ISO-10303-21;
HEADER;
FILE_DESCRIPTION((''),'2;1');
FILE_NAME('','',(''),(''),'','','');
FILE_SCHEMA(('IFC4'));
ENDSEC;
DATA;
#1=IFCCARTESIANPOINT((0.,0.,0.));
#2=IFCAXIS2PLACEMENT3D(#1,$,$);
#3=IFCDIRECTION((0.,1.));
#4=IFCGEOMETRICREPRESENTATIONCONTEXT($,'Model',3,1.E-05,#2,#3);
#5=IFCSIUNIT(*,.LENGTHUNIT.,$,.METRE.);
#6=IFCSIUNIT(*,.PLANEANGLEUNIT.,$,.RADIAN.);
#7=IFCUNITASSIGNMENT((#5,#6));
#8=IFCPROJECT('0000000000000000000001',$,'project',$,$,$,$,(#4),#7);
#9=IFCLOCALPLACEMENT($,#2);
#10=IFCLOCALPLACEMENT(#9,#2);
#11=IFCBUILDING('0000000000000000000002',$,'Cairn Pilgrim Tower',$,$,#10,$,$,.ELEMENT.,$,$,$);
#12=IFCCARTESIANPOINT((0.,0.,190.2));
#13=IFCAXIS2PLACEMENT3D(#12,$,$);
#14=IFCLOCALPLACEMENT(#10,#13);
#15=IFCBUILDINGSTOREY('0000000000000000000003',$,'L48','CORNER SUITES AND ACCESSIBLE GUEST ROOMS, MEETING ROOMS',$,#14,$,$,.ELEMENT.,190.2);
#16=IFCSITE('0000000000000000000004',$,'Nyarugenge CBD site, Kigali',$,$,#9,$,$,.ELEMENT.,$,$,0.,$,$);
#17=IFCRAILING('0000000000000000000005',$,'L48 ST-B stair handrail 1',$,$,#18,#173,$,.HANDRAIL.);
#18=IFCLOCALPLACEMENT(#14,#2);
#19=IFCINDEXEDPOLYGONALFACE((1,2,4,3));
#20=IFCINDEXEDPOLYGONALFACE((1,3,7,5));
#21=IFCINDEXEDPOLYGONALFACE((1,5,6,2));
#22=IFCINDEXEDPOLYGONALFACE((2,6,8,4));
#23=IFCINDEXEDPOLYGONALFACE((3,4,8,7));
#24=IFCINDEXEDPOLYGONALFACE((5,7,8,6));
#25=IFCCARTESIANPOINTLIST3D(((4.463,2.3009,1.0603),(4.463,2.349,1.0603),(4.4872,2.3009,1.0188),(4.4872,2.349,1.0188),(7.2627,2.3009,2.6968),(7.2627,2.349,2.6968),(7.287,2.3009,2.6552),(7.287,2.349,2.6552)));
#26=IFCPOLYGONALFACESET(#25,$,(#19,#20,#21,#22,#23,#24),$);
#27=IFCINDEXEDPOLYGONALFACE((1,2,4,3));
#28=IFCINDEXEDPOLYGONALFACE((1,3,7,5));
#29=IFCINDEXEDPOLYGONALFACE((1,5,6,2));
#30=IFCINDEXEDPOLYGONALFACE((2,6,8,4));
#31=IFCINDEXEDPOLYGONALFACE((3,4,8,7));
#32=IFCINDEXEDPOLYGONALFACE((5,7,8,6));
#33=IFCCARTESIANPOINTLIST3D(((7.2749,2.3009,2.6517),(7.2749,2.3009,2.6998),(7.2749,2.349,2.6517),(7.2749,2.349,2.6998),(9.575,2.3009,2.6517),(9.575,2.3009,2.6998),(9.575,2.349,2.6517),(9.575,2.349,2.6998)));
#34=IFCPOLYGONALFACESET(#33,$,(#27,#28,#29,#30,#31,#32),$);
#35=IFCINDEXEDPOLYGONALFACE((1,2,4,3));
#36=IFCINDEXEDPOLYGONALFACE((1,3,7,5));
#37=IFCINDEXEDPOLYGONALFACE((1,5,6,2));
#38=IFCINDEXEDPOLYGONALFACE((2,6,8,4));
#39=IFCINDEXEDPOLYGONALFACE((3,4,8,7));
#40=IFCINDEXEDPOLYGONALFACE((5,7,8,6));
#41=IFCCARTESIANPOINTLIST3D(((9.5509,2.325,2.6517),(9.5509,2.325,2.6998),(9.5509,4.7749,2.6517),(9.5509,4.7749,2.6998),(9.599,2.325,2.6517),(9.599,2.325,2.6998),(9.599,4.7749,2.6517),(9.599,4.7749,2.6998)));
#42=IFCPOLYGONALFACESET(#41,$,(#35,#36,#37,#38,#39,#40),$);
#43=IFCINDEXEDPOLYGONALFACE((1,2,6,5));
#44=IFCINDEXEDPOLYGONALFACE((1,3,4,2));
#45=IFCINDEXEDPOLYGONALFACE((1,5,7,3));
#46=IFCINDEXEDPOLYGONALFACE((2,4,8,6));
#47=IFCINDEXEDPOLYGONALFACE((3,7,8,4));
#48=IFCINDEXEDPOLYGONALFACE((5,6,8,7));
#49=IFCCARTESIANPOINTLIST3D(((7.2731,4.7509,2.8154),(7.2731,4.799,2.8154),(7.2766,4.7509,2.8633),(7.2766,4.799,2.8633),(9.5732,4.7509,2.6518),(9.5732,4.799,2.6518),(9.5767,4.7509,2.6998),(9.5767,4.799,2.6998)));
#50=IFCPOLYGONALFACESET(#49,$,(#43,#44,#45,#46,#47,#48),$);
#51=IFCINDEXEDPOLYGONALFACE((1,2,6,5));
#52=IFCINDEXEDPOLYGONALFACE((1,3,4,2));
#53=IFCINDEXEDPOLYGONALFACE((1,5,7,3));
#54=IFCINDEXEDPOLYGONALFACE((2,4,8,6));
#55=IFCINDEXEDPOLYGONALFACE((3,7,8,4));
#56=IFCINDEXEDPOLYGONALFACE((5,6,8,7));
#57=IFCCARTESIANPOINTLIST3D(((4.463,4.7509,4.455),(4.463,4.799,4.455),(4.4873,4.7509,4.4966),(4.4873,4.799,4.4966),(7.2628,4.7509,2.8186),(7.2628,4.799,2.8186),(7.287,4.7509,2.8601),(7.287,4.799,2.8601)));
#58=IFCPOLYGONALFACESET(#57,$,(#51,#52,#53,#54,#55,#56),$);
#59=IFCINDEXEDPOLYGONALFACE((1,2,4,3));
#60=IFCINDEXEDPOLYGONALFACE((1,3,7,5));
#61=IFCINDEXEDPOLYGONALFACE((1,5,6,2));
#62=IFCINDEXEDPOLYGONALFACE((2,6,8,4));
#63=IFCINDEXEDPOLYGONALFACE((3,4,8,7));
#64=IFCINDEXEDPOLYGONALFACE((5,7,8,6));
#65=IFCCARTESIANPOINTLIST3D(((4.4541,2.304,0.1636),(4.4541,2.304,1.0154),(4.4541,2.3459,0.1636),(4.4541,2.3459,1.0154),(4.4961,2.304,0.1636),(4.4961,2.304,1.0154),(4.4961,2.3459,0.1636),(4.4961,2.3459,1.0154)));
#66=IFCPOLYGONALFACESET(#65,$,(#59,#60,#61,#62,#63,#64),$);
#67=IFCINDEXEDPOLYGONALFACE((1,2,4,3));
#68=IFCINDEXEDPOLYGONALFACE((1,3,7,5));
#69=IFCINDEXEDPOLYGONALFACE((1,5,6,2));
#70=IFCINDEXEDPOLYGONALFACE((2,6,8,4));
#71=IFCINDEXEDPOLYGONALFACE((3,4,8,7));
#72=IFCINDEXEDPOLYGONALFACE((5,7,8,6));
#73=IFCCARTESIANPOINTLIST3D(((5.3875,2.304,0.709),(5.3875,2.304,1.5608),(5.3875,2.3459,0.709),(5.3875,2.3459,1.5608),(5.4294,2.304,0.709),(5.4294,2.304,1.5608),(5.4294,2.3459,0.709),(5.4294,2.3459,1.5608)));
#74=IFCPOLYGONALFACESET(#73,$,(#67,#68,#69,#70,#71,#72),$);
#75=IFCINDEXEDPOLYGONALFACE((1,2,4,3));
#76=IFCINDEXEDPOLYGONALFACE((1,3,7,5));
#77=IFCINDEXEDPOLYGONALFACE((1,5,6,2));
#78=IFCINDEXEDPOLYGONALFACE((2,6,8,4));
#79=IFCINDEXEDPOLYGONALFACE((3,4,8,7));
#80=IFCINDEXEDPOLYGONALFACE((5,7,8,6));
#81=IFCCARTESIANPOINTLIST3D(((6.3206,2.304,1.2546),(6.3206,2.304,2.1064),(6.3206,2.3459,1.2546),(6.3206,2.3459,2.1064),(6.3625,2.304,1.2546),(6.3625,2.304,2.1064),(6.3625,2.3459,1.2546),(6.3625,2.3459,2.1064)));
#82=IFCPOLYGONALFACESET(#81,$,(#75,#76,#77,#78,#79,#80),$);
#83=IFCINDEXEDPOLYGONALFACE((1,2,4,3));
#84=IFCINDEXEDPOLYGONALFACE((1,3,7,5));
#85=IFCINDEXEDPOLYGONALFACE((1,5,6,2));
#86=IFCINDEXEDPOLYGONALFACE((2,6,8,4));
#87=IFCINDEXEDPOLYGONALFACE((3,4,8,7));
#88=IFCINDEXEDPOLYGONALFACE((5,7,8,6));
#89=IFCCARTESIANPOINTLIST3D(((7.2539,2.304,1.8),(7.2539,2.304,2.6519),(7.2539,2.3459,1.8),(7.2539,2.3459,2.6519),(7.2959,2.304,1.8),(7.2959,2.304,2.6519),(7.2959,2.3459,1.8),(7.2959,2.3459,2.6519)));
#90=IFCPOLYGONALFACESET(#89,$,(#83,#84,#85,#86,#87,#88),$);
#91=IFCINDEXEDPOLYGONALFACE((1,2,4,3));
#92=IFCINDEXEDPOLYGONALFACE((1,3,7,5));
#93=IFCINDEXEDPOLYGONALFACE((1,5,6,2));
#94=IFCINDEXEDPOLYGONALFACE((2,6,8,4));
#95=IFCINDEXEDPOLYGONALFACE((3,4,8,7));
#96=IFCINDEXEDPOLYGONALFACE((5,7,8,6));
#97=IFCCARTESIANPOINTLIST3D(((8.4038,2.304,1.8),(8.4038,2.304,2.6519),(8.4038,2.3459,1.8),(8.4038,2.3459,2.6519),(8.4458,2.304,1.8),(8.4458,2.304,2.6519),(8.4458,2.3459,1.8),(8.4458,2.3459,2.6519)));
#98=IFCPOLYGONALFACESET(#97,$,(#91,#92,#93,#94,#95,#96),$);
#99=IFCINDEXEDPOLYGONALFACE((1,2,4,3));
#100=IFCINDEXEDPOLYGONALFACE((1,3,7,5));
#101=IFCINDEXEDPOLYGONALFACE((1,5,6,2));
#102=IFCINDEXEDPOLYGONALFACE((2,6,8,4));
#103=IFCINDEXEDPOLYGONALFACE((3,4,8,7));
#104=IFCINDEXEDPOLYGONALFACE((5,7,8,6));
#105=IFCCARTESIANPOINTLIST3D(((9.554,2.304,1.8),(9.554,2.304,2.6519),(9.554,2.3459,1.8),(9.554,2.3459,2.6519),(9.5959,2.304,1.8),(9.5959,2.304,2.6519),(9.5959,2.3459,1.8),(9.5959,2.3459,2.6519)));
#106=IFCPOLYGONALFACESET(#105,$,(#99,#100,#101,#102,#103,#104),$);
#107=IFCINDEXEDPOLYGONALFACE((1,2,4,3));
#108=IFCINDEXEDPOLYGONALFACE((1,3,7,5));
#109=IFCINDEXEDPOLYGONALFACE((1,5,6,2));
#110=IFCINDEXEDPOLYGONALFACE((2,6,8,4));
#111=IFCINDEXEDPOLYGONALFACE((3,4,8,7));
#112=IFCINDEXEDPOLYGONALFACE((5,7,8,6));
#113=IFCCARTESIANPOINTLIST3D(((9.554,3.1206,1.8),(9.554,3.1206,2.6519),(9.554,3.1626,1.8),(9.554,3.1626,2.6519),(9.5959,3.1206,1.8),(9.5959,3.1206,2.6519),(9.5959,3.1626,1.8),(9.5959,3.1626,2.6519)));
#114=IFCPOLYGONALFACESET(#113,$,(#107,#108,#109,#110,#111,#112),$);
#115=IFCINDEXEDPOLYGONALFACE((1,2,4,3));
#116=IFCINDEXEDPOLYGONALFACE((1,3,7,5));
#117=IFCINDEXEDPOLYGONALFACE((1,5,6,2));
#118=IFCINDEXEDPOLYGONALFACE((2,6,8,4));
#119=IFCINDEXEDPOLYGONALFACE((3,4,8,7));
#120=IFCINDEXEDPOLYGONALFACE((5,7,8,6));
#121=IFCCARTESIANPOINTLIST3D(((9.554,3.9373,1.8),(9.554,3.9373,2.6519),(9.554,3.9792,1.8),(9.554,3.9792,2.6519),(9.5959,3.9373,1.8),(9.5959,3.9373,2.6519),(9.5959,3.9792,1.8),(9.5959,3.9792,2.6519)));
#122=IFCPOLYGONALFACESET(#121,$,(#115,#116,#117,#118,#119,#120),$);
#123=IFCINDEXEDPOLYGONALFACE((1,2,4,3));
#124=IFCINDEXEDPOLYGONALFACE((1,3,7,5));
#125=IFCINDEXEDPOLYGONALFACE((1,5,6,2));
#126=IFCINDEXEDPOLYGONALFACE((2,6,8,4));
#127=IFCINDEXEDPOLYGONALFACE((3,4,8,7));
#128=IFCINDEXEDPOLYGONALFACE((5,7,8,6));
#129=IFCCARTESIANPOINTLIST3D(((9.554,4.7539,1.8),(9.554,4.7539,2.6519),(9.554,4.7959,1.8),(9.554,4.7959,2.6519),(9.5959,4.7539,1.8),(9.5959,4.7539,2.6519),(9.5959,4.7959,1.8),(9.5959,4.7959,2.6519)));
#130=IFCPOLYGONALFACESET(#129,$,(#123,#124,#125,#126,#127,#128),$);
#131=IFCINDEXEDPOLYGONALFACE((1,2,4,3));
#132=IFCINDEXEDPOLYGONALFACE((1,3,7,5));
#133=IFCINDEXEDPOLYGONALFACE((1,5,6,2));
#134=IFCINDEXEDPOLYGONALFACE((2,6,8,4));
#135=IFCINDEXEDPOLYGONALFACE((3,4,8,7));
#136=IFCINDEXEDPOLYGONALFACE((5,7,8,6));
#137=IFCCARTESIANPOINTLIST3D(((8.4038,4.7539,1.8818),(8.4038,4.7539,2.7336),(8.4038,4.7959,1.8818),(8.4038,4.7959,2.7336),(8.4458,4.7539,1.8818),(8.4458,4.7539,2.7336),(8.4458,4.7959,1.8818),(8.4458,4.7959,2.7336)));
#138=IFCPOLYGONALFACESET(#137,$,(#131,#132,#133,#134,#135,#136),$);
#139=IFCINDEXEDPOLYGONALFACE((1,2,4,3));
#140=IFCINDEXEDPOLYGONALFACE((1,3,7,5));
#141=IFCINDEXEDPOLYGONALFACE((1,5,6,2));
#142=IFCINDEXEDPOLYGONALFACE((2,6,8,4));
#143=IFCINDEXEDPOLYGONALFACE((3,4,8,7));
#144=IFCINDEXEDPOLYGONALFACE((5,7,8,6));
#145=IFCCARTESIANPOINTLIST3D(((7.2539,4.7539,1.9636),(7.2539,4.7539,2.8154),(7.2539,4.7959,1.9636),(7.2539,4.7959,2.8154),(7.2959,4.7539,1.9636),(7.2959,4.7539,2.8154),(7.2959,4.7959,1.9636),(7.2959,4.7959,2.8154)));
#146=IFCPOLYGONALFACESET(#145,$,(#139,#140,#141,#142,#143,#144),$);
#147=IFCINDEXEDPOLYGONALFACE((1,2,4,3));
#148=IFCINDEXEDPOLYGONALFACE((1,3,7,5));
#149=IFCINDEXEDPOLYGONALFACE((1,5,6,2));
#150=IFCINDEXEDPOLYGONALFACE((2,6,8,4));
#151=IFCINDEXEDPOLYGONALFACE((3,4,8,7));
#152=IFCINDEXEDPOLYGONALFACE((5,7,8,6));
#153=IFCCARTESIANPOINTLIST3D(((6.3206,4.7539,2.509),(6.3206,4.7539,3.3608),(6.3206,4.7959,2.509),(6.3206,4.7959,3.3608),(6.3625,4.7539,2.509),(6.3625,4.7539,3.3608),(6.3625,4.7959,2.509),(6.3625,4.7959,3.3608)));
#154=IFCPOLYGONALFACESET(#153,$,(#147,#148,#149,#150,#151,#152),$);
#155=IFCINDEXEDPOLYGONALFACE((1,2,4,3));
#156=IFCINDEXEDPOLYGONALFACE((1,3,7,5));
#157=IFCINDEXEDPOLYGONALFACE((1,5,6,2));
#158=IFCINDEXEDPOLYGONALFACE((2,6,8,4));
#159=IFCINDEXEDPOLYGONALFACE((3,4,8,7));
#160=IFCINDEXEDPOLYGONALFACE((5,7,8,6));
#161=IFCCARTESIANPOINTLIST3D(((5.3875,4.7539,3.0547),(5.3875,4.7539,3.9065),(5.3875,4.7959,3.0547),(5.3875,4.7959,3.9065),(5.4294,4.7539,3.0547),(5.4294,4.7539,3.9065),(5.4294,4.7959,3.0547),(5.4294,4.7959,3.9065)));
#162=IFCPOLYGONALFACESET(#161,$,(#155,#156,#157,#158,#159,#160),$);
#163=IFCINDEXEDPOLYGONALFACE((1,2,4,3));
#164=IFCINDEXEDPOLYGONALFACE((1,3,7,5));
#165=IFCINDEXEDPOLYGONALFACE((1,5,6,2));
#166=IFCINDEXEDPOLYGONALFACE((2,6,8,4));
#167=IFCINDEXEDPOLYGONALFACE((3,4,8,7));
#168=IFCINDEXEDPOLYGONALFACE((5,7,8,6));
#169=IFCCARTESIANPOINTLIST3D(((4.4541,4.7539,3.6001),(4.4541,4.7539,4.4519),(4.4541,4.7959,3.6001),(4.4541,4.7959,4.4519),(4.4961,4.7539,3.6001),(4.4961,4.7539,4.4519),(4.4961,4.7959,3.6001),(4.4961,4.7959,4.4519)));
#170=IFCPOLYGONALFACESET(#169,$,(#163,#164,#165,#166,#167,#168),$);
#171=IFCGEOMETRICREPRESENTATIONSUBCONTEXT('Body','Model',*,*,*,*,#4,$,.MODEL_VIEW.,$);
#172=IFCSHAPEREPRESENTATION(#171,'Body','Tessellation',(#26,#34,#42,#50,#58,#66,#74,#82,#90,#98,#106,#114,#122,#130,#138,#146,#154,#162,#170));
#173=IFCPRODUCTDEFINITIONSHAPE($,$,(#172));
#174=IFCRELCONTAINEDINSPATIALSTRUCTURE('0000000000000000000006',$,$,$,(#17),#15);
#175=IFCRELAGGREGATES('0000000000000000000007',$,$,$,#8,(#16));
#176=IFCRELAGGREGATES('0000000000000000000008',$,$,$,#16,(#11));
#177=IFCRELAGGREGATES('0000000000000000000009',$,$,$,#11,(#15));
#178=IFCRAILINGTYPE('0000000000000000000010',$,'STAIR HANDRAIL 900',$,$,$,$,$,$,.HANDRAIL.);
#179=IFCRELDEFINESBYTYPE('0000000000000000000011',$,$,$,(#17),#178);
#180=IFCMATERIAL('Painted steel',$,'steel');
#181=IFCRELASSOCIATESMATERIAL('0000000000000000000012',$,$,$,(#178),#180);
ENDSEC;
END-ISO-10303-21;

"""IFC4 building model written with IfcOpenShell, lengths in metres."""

from ifc_helpers import new_model, si_unit, direction, frame, origin, origin_2d, place, context, subcontext, project, spatial, rectangle, extrude, material, type_object, element, save


model = new_model("IFC4")

# Units and contexts
model_context = context("Model", 3, precision=1e-05, world=origin(), true_north=direction((0.0, 1.0)))
body_context = subcontext(model_context, "Body", "Model", "MODEL_VIEW")
ifc_project = project(units=[si_unit("LENGTHUNIT", "METRE"), si_unit("PLANEANGLEUNIT", "RADIAN")], contexts=[model_context])

# Site, building, storey
site_placement = place(None, origin())
site = spatial("IfcSite", under=ifc_project, at=site_placement, Name="Nyarugenge CBD site, Kigali", CompositionType="ELEMENT", RefElevation=0.0)
building_placement = place(site_placement, origin())
building = spatial("IfcBuilding", under=site, at=building_placement, Name="Cairn Pilgrim Tower", CompositionType="ELEMENT")
storey_placement = place(building_placement, frame((0.0, 0.0, 190.2)))
storey = spatial("IfcBuildingStorey", under=building, at=storey_placement, Name="L48", Description="CORNER SUITES AND ACCESSIBLE GUEST ROOMS, MEETING ROOMS", CompositionType="ELEMENT", Elevation=190.2)

# Shared definitions
ifc_material_1 = material(Name="Painted steel", Category="steel")

# Railing
railing_type_1 = type_object("IfcRailingType", Name="STAIR HANDRAIL 900", PredefinedType="HANDRAIL", material=ifc_material_1)
railing_1_placement = place(storey_placement, frame((4.4751, 2.325, 0.1636)))
element("IfcRailing", 1, at=railing_1_placement, inside=storey, type_object=railing_type_1, Name="L48 ST-B stair handrail 1", PredefinedType="HANDRAIL", context=body_context, shape_type="SweptSolid", body=[
    extrude(rectangle(XDim=0.0481, YDim=0.0481, at=origin_2d()), frame((0.0, 0.0, 0.876), z_axis=(0.863342, 0.0, 0.50462), x_axis=(0.0, 1.0, 0.0)), (0.0, 0.0, 1.0), 3.2429),
    extrude(rectangle(XDim=0.0481, YDim=0.0481, at=origin_2d()), frame((2.7998, 0.0, 2.5122), z_axis=(1.0, 0.0, 0.0), x_axis=(0.0, 1.0, 0.0)), (0.0, 0.0, 1.0), 2.3),
    extrude(rectangle(XDim=0.0481, YDim=0.0481, at=origin_2d()), frame((5.0999, 0.0, 2.5122), z_axis=(0.0, 1.0, 0.0), x_axis=(-1.0, 0.0, 0.0)), (0.0, 0.0, 1.0), 2.45),
    extrude(rectangle(XDim=0.0481, YDim=0.0481, at=origin_2d()), frame((5.0999, 2.45, 2.5122), z_axis=(-0.997481, 0.0, 0.070939), x_axis=(0.0, -1.0, 0.0)), (0.0, 0.0, 1.0), 2.3059),
    extrude(rectangle(XDim=0.0481, YDim=0.0481, at=origin_2d()), frame((2.7998, 2.45, 2.6758), z_axis=(-0.863342, 0.0, 0.50462), x_axis=(0.0, -1.0, 0.0)), (0.0, 0.0, 1.0), 3.2429),
    extrude(rectangle(XDim=0.042, YDim=0.042, at=origin_2d()), origin(), (0.0, 0.0, 1.0), 0.8518),
    extrude(rectangle(XDim=0.042, YDim=0.042, at=origin_2d()), frame((0.9333, 0.0, 0.5454)), (0.0, 0.0, 1.0), 0.8518),
    extrude(rectangle(XDim=0.042, YDim=0.042, at=origin_2d()), frame((1.8665, 0.0, 1.0911)), (0.0, 0.0, 1.0), 0.8518),
    extrude(rectangle(XDim=0.042, YDim=0.042, at=origin_2d()), frame((2.7998, 0.0, 1.6365)), (0.0, 0.0, 1.0), 0.8518),
    extrude(rectangle(XDim=0.042, YDim=0.042, at=origin_2d()), frame((3.9497, 0.0, 1.6365)), (0.0, 0.0, 1.0), 0.8518),
    extrude(rectangle(XDim=0.042, YDim=0.042, at=origin_2d()), frame((5.0999, 0.0, 1.6365)), (0.0, 0.0, 1.0), 0.8518),
    extrude(rectangle(XDim=0.042, YDim=0.042, at=origin_2d()), frame((5.0999, 0.8167, 1.6365)), (0.0, 0.0, 1.0), 0.8518),
    extrude(rectangle(XDim=0.042, YDim=0.042, at=origin_2d()), frame((5.0999, 1.6333, 1.6365)), (0.0, 0.0, 1.0), 0.8518),
    extrude(rectangle(XDim=0.042, YDim=0.042, at=origin_2d()), frame((5.0999, 2.45, 1.6365)), (0.0, 0.0, 1.0), 0.8518),
    extrude(rectangle(XDim=0.042, YDim=0.042, at=origin_2d()), frame((3.9497, 2.45, 1.7183)), (0.0, 0.0, 1.0), 0.8518),
    extrude(rectangle(XDim=0.042, YDim=0.042, at=origin_2d()), frame((2.7998, 2.45, 1.8)), (0.0, 0.0, 1.0), 0.8518),
    extrude(rectangle(XDim=0.042, YDim=0.042, at=origin_2d()), frame((1.8665, 2.45, 2.3455)), (0.0, 0.0, 1.0), 0.8518),
    extrude(rectangle(XDim=0.042, YDim=0.042, at=origin_2d()), frame((0.9333, 2.45, 2.8911)), (0.0, 0.0, 1.0), 0.8518),
    extrude(rectangle(XDim=0.042, YDim=0.042, at=origin_2d()), frame((0.0, 2.45, 3.4365)), (0.0, 0.0, 1.0), 0.8518),
])

save(model, "model.ifc")
